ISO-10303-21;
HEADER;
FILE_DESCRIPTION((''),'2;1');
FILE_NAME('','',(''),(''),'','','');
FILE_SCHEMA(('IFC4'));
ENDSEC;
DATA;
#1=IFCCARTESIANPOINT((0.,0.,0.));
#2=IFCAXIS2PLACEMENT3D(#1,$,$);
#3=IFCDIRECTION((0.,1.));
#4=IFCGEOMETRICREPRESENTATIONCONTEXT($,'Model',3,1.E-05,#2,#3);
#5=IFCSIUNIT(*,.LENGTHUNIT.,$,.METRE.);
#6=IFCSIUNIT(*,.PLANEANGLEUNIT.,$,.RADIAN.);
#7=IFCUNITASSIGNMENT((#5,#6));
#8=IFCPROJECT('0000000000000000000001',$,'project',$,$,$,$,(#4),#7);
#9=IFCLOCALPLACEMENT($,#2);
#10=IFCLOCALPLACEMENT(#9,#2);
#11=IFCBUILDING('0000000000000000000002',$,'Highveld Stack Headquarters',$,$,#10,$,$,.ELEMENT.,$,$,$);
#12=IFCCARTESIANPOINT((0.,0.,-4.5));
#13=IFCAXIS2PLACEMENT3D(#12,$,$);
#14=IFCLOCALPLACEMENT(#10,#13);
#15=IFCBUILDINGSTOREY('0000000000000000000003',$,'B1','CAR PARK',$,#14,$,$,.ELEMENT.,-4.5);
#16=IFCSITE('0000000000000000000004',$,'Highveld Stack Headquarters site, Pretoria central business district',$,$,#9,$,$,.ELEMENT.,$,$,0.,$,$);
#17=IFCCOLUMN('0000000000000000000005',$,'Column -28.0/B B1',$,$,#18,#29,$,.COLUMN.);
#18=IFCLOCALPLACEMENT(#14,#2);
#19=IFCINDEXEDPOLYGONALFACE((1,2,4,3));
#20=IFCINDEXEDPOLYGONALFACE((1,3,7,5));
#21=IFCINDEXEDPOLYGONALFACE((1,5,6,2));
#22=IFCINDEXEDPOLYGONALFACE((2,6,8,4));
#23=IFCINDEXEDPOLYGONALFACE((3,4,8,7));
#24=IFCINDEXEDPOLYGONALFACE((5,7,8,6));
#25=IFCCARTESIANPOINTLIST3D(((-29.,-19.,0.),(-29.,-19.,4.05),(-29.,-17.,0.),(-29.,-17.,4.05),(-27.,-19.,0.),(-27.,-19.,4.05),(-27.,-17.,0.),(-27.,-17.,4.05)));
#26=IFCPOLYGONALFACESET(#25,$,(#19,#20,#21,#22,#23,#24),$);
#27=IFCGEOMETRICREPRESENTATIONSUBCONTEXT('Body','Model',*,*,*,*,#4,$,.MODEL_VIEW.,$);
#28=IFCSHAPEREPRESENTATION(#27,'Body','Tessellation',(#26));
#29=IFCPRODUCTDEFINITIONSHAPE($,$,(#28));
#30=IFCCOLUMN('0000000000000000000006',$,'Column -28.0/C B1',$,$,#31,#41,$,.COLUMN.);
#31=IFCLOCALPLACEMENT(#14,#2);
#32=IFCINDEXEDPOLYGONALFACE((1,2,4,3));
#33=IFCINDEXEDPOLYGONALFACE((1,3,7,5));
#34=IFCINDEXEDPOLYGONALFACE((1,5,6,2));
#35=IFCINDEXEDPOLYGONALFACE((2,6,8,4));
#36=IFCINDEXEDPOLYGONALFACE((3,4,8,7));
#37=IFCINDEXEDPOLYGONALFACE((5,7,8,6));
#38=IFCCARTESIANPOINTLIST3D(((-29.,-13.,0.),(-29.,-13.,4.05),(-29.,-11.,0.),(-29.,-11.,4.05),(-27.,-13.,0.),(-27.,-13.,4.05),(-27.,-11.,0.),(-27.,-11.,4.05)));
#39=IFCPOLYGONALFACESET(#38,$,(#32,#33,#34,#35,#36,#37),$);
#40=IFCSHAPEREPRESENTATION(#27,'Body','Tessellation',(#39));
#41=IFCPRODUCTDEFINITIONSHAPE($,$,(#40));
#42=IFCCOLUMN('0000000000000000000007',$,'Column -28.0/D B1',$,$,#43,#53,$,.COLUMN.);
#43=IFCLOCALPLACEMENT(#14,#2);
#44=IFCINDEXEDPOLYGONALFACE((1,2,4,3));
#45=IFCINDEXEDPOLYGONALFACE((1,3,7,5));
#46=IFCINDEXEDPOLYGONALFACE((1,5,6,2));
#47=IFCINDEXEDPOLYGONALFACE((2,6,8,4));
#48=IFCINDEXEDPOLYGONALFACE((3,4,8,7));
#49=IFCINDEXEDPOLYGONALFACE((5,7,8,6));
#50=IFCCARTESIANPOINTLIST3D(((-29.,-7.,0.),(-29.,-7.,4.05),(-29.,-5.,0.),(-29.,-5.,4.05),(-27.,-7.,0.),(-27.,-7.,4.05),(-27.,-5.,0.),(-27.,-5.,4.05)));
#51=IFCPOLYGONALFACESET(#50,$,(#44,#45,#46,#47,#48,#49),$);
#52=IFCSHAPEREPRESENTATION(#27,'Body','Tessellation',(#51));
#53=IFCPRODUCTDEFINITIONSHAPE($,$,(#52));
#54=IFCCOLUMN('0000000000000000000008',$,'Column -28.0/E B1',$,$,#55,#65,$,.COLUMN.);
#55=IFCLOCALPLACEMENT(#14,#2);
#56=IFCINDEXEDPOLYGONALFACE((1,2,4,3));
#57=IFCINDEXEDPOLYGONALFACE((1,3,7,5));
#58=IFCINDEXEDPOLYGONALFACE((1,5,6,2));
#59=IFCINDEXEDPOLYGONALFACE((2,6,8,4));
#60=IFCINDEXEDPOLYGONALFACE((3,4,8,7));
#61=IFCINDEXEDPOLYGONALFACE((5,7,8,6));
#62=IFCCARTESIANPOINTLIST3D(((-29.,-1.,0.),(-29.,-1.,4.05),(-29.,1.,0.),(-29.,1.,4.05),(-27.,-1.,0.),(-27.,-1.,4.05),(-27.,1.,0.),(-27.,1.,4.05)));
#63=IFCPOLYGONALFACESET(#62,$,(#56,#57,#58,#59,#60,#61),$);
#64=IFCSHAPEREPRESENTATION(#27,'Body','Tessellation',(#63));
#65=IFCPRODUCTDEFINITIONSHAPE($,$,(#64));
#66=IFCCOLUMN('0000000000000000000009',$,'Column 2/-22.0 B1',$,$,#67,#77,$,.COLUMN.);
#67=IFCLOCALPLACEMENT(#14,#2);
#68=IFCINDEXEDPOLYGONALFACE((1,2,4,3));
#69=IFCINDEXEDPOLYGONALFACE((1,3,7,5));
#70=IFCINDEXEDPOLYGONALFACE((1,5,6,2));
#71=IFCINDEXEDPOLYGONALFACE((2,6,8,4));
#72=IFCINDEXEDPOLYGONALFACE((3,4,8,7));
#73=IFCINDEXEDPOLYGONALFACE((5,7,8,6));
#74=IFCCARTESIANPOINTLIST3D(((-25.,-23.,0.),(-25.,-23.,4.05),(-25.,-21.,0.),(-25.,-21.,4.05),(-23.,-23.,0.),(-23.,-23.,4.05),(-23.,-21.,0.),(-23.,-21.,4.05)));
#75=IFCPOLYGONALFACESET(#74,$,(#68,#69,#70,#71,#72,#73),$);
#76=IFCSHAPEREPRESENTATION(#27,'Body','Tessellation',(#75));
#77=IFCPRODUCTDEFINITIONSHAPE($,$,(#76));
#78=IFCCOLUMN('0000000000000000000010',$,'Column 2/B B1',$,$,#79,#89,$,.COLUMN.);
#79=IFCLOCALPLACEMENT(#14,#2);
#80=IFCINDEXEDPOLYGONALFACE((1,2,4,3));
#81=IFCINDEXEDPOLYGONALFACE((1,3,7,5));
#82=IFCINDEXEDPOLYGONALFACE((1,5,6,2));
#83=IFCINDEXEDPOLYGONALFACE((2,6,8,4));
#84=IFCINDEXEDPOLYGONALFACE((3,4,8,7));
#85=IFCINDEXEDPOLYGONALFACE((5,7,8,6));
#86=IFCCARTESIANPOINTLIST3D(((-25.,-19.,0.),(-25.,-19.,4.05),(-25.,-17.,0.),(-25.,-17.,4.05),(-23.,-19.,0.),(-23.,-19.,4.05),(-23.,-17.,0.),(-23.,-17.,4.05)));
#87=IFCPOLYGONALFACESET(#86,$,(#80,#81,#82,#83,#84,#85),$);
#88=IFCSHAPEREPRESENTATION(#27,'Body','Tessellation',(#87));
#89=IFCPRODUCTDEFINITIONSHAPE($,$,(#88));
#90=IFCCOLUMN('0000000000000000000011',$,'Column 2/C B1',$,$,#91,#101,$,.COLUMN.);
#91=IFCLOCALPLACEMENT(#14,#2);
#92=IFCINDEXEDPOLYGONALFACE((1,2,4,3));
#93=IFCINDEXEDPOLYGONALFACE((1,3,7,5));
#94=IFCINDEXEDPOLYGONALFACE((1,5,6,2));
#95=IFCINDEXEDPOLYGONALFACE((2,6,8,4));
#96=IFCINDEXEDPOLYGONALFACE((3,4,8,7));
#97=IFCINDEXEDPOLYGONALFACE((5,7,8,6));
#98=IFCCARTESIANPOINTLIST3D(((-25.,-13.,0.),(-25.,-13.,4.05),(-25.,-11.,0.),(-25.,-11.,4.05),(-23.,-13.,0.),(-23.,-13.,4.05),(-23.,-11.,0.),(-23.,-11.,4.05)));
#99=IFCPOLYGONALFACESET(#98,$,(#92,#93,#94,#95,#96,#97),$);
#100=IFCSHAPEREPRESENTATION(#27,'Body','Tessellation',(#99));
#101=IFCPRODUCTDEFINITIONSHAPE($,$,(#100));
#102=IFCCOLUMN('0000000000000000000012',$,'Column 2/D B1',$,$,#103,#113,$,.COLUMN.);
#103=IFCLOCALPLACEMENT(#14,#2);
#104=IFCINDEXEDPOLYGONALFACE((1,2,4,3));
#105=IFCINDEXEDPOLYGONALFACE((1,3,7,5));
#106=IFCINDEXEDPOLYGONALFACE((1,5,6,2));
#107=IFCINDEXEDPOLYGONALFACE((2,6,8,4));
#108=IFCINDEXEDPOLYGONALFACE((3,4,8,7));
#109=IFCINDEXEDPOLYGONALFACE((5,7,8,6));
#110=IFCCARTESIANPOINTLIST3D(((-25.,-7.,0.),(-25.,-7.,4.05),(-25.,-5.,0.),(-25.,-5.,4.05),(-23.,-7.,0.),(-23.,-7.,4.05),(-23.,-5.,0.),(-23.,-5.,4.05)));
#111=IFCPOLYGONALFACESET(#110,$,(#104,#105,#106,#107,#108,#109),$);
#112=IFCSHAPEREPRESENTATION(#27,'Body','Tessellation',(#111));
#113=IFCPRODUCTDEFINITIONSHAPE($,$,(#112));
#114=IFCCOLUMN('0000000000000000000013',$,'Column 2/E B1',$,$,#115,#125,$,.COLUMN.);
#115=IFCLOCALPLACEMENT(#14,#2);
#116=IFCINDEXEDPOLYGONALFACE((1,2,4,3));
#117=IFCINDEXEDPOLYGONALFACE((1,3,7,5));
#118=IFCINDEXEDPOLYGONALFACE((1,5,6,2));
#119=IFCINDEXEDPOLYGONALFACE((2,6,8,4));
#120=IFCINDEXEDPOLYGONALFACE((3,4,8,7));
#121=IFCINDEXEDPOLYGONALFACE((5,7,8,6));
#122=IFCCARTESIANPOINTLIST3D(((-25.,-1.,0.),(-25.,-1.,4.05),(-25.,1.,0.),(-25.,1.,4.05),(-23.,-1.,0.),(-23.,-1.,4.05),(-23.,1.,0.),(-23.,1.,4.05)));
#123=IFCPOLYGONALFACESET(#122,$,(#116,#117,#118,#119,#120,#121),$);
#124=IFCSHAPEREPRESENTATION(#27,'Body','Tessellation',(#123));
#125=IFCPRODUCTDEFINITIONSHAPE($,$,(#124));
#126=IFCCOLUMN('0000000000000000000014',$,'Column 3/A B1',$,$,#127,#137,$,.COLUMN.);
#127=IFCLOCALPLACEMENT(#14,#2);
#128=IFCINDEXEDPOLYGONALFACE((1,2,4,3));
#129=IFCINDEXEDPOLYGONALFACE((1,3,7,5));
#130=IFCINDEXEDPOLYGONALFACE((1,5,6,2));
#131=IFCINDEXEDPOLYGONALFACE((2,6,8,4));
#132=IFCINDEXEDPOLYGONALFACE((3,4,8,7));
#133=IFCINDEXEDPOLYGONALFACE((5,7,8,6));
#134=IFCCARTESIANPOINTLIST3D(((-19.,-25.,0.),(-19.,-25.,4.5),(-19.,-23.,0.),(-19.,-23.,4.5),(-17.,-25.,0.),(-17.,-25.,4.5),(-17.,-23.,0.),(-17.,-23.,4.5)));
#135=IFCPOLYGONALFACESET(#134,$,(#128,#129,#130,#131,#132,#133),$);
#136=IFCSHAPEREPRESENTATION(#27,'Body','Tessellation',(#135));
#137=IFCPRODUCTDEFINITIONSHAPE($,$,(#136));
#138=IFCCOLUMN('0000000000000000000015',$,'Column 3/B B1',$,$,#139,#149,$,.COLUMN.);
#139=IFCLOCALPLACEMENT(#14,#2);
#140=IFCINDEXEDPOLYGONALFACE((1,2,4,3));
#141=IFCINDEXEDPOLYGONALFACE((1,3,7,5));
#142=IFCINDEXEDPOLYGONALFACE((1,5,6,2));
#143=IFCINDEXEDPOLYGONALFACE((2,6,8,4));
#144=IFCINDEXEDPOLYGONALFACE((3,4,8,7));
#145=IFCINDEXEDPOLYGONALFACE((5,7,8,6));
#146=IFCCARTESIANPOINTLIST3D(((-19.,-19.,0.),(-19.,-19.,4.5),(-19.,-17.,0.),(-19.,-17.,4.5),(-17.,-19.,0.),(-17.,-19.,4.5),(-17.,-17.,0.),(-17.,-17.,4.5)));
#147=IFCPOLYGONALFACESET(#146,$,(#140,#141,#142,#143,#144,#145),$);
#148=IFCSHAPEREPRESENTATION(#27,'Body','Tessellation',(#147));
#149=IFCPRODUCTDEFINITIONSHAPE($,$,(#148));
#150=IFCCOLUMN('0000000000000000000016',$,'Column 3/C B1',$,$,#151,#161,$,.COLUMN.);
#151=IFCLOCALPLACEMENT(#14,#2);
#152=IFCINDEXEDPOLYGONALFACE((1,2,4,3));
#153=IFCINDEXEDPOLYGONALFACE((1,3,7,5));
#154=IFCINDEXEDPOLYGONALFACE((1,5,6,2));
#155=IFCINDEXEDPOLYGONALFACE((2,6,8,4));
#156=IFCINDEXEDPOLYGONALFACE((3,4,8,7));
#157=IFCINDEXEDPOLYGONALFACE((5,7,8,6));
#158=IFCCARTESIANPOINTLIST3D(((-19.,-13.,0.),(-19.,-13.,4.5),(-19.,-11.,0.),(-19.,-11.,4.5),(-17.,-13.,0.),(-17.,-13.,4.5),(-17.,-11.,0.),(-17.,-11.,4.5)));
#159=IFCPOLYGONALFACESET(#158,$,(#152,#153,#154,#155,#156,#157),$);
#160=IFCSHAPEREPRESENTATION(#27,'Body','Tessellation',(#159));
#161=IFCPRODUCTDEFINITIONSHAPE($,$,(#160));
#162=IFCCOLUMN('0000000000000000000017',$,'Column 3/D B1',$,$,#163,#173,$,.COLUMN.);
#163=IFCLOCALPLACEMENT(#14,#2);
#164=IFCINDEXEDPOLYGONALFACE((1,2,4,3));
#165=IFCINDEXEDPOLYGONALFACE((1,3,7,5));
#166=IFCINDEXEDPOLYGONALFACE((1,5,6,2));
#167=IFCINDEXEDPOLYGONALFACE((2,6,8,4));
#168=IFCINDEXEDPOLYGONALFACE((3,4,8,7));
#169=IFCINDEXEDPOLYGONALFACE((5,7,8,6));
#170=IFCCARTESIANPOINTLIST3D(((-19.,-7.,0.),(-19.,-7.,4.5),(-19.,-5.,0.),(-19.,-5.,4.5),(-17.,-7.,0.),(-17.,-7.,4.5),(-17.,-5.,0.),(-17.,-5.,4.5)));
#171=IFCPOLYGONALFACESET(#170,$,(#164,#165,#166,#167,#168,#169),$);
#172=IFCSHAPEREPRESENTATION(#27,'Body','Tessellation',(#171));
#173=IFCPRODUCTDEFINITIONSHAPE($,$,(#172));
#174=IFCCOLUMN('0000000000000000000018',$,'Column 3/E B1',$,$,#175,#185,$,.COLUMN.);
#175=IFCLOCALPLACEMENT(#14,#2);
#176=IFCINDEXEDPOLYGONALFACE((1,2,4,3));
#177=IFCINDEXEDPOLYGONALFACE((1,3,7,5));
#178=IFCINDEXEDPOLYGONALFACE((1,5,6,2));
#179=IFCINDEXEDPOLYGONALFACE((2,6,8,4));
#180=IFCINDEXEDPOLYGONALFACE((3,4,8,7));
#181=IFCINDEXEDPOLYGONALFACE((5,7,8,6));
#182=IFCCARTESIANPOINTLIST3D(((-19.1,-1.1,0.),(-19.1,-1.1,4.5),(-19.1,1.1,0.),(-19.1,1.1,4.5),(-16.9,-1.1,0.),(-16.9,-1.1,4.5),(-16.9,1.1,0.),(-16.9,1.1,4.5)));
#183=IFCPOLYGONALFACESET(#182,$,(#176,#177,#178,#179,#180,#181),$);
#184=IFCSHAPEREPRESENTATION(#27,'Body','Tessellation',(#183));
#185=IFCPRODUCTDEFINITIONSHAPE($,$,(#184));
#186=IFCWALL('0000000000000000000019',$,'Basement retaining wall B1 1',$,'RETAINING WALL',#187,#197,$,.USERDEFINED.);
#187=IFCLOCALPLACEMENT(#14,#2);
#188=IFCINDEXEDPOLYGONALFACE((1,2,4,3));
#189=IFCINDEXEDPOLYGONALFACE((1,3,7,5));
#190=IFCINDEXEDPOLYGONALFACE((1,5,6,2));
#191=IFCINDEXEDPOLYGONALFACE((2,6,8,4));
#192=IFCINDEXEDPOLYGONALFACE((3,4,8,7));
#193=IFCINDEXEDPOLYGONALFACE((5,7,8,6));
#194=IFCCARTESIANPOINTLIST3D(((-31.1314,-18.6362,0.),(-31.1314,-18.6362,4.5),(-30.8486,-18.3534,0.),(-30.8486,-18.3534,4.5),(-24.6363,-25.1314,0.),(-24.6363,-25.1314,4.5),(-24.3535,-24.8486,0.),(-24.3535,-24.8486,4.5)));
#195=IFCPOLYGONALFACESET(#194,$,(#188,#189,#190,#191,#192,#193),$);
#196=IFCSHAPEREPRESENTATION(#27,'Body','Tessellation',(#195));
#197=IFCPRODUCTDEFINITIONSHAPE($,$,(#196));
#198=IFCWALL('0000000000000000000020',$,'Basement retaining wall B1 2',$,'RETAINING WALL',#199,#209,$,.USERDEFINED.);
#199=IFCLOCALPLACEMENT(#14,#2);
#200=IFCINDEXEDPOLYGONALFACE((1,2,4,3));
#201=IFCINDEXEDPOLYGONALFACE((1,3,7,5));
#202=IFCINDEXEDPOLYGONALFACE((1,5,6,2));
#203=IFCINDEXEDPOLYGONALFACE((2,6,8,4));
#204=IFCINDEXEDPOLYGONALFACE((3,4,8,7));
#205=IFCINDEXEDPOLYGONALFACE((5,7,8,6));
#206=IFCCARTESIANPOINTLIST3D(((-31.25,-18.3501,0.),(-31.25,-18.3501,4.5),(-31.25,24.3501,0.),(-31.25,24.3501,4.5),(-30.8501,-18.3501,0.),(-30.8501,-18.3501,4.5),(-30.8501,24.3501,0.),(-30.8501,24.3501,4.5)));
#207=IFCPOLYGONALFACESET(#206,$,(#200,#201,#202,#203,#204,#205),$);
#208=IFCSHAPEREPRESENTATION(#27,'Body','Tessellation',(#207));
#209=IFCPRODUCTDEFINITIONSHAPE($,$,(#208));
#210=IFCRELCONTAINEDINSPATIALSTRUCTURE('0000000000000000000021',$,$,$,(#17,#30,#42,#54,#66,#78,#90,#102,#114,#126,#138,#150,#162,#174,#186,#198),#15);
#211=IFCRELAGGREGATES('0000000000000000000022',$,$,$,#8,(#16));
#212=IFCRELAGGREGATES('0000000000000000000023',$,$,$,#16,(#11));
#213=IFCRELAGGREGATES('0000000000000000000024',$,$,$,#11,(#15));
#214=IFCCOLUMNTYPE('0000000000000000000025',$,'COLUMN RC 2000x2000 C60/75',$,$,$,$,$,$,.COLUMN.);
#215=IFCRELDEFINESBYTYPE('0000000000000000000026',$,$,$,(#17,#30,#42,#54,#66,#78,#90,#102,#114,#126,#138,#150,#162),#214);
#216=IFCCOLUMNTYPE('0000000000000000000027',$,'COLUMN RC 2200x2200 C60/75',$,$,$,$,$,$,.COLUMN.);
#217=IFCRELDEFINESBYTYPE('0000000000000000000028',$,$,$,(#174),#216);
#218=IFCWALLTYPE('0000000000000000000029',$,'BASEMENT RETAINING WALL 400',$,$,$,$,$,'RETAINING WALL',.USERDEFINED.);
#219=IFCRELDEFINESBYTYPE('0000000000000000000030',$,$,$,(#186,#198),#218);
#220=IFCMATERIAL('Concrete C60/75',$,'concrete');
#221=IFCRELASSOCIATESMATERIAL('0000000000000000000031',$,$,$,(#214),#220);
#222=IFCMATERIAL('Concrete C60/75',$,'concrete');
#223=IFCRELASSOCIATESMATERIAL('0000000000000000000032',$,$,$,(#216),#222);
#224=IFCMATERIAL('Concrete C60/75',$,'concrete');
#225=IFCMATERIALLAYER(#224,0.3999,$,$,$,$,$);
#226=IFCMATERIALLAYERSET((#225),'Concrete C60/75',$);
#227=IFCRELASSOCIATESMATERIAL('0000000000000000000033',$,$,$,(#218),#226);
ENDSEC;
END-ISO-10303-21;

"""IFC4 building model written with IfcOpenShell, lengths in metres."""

from ifc_helpers import new_model, si_unit, direction, frame, frame_2d, origin, origin_2d, place, context, subcontext, project, spatial, rectangle, extrude, material, layer, layer_set, material_profile, profile_set, type_object, element, save


model = new_model("IFC4")

# Units and contexts
model_context = context("Model", 3, precision=1e-05, world=origin(), true_north=direction((0.0, 1.0)))
body_context = subcontext(model_context, "Body", "Model", "MODEL_VIEW")
ifc_project = project(units=[si_unit("LENGTHUNIT", "METRE"), si_unit("PLANEANGLEUNIT", "RADIAN")], contexts=[model_context])

# Site, building, storey
site_placement = place(None, origin())
site = spatial("IfcSite", under=ifc_project, at=site_placement, Name="Highveld Stack Headquarters site, Pretoria central business district", CompositionType="ELEMENT", RefElevation=0.0)
building_placement = place(site_placement, origin())
building = spatial("IfcBuilding", under=site, at=building_placement, Name="Highveld Stack Headquarters", CompositionType="ELEMENT")
storey_placement = place(building_placement, frame((0.0, 0.0, -4.5)))
storey = spatial("IfcBuildingStorey", under=building, at=storey_placement, Name="B1", Description="CAR PARK", CompositionType="ELEMENT", Elevation=-4.5)

# Columns
ifc_material_1 = material(Name="Concrete C60/75", Category="concrete")
ifc_material_profile_1 = material_profile(ifc_material_1, rectangle(XDim=2.0, YDim=2.0, at=origin_2d()), Name="RC 2000x2000")
ifc_profile_set_1 = profile_set([ifc_material_profile_1], Name="Concrete C60/75")
column_type_1 = type_object("IfcColumnType", Name="COLUMN RC 2000x2000 C60/75", PredefinedType="COLUMN", material=ifc_profile_set_1)
for number, where, z_axis, x_axis, name in (
    (1, (-28.0, -18.0, 0.0), (0.0, 0.0, 1.0), (1.0, 0.0, 0.0), "Column -28.0/B B1"),
    (2, (-28.0, -12.0, 0.0), (0.0, 0.0, 1.0), (1.0, 0.0, 0.0), "Column -28.0/C B1"),
    (3, (-28.0, -6.0, 0.0), (0.0, 0.0, 1.0), (1.0, 0.0, 0.0), "Column -28.0/D B1"),
    (4, (-28.0, 0.0, 0.0), (0.0, 0.0, 1.0), (1.0, 0.0, 0.0), "Column -28.0/E B1"),
    (5, (-24.0, -22.0, 0.0), (0.0, 0.0, 1.0), (1.0, 0.0, 0.0), "Column 2/-22.0 B1"),
    (6, (-24.0, -18.0, 0.0), (0.0, 0.0, 1.0), (1.0, 0.0, 0.0), "Column 2/B B1"),
    (7, (-24.0, -12.0, 0.0), (0.0, 0.0, 1.0), (1.0, 0.0, 0.0), "Column 2/C B1"),
    (8, (-24.0, -6.0, 0.0), (0.0, 0.0, 1.0), (1.0, 0.0, 0.0), "Column 2/D B1"),
    (9, (-24.0, 0.0, 0.0), (0.0, 0.0, 1.0), (1.0, 0.0, 0.0), "Column 2/E B1"),
):
    element("IfcColumn", number, at=place(storey_placement, frame(where, z_axis=z_axis, x_axis=x_axis)), inside=storey, type_object=column_type_1, Name=name, PredefinedType="COLUMN", context=body_context, shape_type="SweptSolid", body=[
        extrude(rectangle(XDim=2.0, YDim=2.0, at=origin_2d()), origin(), (0.0, 0.0, 1.0), 4.05),
    ])
for number, where, z_axis, x_axis, name in (
    (10, (-18.0, -24.0, 0.0), (0.0, 0.0, 1.0), (1.0, 0.0, 0.0), "Column 3/A B1"),
    (11, (-18.0, -18.0, 0.0), (0.0, 0.0, 1.0), (1.0, 0.0, 0.0), "Column 3/B B1"),
    (12, (-18.0, -12.0, 0.0), (0.0, 0.0, 1.0), (1.0, 0.0, 0.0), "Column 3/C B1"),
    (13, (-18.0, -6.0, 0.0), (0.0, 0.0, 1.0), (1.0, 0.0, 0.0), "Column 3/D B1"),
):
    element("IfcColumn", number, at=place(storey_placement, frame(where, z_axis=z_axis, x_axis=x_axis)), inside=storey, type_object=column_type_1, Name=name, PredefinedType="COLUMN", context=body_context, shape_type="SweptSolid", body=[
        extrude(rectangle(XDim=2.0, YDim=2.0, at=origin_2d()), origin(), (0.0, 0.0, 1.0), 4.5),
    ])
ifc_material_2 = material(Name="Concrete C60/75", Category="concrete")
ifc_material_profile_2 = material_profile(ifc_material_2, rectangle(XDim=2.2, YDim=2.2, at=origin_2d()), Name="RC 2200x2200")
ifc_profile_set_2 = profile_set([ifc_material_profile_2], Name="Concrete C60/75")
column_type_2 = type_object("IfcColumnType", Name="COLUMN RC 2200x2200 C60/75", PredefinedType="COLUMN", material=ifc_profile_set_2)
column_placement = place(storey_placement, frame((-18.0, 0.0, 0.0), z_axis=(0.0, 0.0, 1.0), x_axis=(1.0, 0.0, 0.0)))
element("IfcColumn", 14, at=column_placement, inside=storey, type_object=column_type_2, Name="Column 3/E B1", PredefinedType="COLUMN", context=body_context, shape_type="SweptSolid", body=[
    extrude(rectangle(XDim=2.2, YDim=2.2, at=origin_2d()), origin(), (0.0, 0.0, 1.0), 4.5),
])

# Walls
ifc_material_3 = material(Name="Concrete C60/75", Category="concrete")
ifc_layer_1 = layer(ifc_material_3, 0.3999)
ifc_layer_set_1 = layer_set([ifc_layer_1], Name="Concrete C60/75")
wall_type_1 = type_object("IfcWallType", Name="BASEMENT RETAINING WALL 400", ElementType="RETAINING WALL", PredefinedType="USERDEFINED", material=ifc_layer_set_1)
wall_1_placement = place(storey_placement, frame((-24.4949, -24.99, 0.0), z_axis=(0.0, 0.0, 1.0), x_axis=(-0.707107, 0.707107, 0.0)))
element("IfcWall", 15, at=wall_1_placement, inside=storey, type_object=wall_type_1, Name="Basement retaining wall B1 1", ObjectType="RETAINING WALL", PredefinedType="USERDEFINED", context=body_context, shape_type="SweptSolid", body=[
    extrude(rectangle(XDim=9.1855, YDim=0.3999, at=frame_2d((4.5928, 0.0))), origin(), (0.0, 0.0, 1.0), 4.5),
])
wall_2_placement = place(storey_placement, frame((-31.05, -18.3501, 0.0), z_axis=(0.0, 0.0, 1.0), x_axis=(0.0, 1.0, 0.0)))
element("IfcWall", 16, at=wall_2_placement, inside=storey, type_object=wall_type_1, Name="Basement retaining wall B1 2", ObjectType="RETAINING WALL", PredefinedType="USERDEFINED", context=body_context, shape_type="SweptSolid", body=[
    extrude(rectangle(XDim=42.7002, YDim=0.3999, at=frame_2d((21.3501, 0.0))), origin(), (0.0, 0.0, 1.0), 4.5),
])

save(model, "model.ifc")
